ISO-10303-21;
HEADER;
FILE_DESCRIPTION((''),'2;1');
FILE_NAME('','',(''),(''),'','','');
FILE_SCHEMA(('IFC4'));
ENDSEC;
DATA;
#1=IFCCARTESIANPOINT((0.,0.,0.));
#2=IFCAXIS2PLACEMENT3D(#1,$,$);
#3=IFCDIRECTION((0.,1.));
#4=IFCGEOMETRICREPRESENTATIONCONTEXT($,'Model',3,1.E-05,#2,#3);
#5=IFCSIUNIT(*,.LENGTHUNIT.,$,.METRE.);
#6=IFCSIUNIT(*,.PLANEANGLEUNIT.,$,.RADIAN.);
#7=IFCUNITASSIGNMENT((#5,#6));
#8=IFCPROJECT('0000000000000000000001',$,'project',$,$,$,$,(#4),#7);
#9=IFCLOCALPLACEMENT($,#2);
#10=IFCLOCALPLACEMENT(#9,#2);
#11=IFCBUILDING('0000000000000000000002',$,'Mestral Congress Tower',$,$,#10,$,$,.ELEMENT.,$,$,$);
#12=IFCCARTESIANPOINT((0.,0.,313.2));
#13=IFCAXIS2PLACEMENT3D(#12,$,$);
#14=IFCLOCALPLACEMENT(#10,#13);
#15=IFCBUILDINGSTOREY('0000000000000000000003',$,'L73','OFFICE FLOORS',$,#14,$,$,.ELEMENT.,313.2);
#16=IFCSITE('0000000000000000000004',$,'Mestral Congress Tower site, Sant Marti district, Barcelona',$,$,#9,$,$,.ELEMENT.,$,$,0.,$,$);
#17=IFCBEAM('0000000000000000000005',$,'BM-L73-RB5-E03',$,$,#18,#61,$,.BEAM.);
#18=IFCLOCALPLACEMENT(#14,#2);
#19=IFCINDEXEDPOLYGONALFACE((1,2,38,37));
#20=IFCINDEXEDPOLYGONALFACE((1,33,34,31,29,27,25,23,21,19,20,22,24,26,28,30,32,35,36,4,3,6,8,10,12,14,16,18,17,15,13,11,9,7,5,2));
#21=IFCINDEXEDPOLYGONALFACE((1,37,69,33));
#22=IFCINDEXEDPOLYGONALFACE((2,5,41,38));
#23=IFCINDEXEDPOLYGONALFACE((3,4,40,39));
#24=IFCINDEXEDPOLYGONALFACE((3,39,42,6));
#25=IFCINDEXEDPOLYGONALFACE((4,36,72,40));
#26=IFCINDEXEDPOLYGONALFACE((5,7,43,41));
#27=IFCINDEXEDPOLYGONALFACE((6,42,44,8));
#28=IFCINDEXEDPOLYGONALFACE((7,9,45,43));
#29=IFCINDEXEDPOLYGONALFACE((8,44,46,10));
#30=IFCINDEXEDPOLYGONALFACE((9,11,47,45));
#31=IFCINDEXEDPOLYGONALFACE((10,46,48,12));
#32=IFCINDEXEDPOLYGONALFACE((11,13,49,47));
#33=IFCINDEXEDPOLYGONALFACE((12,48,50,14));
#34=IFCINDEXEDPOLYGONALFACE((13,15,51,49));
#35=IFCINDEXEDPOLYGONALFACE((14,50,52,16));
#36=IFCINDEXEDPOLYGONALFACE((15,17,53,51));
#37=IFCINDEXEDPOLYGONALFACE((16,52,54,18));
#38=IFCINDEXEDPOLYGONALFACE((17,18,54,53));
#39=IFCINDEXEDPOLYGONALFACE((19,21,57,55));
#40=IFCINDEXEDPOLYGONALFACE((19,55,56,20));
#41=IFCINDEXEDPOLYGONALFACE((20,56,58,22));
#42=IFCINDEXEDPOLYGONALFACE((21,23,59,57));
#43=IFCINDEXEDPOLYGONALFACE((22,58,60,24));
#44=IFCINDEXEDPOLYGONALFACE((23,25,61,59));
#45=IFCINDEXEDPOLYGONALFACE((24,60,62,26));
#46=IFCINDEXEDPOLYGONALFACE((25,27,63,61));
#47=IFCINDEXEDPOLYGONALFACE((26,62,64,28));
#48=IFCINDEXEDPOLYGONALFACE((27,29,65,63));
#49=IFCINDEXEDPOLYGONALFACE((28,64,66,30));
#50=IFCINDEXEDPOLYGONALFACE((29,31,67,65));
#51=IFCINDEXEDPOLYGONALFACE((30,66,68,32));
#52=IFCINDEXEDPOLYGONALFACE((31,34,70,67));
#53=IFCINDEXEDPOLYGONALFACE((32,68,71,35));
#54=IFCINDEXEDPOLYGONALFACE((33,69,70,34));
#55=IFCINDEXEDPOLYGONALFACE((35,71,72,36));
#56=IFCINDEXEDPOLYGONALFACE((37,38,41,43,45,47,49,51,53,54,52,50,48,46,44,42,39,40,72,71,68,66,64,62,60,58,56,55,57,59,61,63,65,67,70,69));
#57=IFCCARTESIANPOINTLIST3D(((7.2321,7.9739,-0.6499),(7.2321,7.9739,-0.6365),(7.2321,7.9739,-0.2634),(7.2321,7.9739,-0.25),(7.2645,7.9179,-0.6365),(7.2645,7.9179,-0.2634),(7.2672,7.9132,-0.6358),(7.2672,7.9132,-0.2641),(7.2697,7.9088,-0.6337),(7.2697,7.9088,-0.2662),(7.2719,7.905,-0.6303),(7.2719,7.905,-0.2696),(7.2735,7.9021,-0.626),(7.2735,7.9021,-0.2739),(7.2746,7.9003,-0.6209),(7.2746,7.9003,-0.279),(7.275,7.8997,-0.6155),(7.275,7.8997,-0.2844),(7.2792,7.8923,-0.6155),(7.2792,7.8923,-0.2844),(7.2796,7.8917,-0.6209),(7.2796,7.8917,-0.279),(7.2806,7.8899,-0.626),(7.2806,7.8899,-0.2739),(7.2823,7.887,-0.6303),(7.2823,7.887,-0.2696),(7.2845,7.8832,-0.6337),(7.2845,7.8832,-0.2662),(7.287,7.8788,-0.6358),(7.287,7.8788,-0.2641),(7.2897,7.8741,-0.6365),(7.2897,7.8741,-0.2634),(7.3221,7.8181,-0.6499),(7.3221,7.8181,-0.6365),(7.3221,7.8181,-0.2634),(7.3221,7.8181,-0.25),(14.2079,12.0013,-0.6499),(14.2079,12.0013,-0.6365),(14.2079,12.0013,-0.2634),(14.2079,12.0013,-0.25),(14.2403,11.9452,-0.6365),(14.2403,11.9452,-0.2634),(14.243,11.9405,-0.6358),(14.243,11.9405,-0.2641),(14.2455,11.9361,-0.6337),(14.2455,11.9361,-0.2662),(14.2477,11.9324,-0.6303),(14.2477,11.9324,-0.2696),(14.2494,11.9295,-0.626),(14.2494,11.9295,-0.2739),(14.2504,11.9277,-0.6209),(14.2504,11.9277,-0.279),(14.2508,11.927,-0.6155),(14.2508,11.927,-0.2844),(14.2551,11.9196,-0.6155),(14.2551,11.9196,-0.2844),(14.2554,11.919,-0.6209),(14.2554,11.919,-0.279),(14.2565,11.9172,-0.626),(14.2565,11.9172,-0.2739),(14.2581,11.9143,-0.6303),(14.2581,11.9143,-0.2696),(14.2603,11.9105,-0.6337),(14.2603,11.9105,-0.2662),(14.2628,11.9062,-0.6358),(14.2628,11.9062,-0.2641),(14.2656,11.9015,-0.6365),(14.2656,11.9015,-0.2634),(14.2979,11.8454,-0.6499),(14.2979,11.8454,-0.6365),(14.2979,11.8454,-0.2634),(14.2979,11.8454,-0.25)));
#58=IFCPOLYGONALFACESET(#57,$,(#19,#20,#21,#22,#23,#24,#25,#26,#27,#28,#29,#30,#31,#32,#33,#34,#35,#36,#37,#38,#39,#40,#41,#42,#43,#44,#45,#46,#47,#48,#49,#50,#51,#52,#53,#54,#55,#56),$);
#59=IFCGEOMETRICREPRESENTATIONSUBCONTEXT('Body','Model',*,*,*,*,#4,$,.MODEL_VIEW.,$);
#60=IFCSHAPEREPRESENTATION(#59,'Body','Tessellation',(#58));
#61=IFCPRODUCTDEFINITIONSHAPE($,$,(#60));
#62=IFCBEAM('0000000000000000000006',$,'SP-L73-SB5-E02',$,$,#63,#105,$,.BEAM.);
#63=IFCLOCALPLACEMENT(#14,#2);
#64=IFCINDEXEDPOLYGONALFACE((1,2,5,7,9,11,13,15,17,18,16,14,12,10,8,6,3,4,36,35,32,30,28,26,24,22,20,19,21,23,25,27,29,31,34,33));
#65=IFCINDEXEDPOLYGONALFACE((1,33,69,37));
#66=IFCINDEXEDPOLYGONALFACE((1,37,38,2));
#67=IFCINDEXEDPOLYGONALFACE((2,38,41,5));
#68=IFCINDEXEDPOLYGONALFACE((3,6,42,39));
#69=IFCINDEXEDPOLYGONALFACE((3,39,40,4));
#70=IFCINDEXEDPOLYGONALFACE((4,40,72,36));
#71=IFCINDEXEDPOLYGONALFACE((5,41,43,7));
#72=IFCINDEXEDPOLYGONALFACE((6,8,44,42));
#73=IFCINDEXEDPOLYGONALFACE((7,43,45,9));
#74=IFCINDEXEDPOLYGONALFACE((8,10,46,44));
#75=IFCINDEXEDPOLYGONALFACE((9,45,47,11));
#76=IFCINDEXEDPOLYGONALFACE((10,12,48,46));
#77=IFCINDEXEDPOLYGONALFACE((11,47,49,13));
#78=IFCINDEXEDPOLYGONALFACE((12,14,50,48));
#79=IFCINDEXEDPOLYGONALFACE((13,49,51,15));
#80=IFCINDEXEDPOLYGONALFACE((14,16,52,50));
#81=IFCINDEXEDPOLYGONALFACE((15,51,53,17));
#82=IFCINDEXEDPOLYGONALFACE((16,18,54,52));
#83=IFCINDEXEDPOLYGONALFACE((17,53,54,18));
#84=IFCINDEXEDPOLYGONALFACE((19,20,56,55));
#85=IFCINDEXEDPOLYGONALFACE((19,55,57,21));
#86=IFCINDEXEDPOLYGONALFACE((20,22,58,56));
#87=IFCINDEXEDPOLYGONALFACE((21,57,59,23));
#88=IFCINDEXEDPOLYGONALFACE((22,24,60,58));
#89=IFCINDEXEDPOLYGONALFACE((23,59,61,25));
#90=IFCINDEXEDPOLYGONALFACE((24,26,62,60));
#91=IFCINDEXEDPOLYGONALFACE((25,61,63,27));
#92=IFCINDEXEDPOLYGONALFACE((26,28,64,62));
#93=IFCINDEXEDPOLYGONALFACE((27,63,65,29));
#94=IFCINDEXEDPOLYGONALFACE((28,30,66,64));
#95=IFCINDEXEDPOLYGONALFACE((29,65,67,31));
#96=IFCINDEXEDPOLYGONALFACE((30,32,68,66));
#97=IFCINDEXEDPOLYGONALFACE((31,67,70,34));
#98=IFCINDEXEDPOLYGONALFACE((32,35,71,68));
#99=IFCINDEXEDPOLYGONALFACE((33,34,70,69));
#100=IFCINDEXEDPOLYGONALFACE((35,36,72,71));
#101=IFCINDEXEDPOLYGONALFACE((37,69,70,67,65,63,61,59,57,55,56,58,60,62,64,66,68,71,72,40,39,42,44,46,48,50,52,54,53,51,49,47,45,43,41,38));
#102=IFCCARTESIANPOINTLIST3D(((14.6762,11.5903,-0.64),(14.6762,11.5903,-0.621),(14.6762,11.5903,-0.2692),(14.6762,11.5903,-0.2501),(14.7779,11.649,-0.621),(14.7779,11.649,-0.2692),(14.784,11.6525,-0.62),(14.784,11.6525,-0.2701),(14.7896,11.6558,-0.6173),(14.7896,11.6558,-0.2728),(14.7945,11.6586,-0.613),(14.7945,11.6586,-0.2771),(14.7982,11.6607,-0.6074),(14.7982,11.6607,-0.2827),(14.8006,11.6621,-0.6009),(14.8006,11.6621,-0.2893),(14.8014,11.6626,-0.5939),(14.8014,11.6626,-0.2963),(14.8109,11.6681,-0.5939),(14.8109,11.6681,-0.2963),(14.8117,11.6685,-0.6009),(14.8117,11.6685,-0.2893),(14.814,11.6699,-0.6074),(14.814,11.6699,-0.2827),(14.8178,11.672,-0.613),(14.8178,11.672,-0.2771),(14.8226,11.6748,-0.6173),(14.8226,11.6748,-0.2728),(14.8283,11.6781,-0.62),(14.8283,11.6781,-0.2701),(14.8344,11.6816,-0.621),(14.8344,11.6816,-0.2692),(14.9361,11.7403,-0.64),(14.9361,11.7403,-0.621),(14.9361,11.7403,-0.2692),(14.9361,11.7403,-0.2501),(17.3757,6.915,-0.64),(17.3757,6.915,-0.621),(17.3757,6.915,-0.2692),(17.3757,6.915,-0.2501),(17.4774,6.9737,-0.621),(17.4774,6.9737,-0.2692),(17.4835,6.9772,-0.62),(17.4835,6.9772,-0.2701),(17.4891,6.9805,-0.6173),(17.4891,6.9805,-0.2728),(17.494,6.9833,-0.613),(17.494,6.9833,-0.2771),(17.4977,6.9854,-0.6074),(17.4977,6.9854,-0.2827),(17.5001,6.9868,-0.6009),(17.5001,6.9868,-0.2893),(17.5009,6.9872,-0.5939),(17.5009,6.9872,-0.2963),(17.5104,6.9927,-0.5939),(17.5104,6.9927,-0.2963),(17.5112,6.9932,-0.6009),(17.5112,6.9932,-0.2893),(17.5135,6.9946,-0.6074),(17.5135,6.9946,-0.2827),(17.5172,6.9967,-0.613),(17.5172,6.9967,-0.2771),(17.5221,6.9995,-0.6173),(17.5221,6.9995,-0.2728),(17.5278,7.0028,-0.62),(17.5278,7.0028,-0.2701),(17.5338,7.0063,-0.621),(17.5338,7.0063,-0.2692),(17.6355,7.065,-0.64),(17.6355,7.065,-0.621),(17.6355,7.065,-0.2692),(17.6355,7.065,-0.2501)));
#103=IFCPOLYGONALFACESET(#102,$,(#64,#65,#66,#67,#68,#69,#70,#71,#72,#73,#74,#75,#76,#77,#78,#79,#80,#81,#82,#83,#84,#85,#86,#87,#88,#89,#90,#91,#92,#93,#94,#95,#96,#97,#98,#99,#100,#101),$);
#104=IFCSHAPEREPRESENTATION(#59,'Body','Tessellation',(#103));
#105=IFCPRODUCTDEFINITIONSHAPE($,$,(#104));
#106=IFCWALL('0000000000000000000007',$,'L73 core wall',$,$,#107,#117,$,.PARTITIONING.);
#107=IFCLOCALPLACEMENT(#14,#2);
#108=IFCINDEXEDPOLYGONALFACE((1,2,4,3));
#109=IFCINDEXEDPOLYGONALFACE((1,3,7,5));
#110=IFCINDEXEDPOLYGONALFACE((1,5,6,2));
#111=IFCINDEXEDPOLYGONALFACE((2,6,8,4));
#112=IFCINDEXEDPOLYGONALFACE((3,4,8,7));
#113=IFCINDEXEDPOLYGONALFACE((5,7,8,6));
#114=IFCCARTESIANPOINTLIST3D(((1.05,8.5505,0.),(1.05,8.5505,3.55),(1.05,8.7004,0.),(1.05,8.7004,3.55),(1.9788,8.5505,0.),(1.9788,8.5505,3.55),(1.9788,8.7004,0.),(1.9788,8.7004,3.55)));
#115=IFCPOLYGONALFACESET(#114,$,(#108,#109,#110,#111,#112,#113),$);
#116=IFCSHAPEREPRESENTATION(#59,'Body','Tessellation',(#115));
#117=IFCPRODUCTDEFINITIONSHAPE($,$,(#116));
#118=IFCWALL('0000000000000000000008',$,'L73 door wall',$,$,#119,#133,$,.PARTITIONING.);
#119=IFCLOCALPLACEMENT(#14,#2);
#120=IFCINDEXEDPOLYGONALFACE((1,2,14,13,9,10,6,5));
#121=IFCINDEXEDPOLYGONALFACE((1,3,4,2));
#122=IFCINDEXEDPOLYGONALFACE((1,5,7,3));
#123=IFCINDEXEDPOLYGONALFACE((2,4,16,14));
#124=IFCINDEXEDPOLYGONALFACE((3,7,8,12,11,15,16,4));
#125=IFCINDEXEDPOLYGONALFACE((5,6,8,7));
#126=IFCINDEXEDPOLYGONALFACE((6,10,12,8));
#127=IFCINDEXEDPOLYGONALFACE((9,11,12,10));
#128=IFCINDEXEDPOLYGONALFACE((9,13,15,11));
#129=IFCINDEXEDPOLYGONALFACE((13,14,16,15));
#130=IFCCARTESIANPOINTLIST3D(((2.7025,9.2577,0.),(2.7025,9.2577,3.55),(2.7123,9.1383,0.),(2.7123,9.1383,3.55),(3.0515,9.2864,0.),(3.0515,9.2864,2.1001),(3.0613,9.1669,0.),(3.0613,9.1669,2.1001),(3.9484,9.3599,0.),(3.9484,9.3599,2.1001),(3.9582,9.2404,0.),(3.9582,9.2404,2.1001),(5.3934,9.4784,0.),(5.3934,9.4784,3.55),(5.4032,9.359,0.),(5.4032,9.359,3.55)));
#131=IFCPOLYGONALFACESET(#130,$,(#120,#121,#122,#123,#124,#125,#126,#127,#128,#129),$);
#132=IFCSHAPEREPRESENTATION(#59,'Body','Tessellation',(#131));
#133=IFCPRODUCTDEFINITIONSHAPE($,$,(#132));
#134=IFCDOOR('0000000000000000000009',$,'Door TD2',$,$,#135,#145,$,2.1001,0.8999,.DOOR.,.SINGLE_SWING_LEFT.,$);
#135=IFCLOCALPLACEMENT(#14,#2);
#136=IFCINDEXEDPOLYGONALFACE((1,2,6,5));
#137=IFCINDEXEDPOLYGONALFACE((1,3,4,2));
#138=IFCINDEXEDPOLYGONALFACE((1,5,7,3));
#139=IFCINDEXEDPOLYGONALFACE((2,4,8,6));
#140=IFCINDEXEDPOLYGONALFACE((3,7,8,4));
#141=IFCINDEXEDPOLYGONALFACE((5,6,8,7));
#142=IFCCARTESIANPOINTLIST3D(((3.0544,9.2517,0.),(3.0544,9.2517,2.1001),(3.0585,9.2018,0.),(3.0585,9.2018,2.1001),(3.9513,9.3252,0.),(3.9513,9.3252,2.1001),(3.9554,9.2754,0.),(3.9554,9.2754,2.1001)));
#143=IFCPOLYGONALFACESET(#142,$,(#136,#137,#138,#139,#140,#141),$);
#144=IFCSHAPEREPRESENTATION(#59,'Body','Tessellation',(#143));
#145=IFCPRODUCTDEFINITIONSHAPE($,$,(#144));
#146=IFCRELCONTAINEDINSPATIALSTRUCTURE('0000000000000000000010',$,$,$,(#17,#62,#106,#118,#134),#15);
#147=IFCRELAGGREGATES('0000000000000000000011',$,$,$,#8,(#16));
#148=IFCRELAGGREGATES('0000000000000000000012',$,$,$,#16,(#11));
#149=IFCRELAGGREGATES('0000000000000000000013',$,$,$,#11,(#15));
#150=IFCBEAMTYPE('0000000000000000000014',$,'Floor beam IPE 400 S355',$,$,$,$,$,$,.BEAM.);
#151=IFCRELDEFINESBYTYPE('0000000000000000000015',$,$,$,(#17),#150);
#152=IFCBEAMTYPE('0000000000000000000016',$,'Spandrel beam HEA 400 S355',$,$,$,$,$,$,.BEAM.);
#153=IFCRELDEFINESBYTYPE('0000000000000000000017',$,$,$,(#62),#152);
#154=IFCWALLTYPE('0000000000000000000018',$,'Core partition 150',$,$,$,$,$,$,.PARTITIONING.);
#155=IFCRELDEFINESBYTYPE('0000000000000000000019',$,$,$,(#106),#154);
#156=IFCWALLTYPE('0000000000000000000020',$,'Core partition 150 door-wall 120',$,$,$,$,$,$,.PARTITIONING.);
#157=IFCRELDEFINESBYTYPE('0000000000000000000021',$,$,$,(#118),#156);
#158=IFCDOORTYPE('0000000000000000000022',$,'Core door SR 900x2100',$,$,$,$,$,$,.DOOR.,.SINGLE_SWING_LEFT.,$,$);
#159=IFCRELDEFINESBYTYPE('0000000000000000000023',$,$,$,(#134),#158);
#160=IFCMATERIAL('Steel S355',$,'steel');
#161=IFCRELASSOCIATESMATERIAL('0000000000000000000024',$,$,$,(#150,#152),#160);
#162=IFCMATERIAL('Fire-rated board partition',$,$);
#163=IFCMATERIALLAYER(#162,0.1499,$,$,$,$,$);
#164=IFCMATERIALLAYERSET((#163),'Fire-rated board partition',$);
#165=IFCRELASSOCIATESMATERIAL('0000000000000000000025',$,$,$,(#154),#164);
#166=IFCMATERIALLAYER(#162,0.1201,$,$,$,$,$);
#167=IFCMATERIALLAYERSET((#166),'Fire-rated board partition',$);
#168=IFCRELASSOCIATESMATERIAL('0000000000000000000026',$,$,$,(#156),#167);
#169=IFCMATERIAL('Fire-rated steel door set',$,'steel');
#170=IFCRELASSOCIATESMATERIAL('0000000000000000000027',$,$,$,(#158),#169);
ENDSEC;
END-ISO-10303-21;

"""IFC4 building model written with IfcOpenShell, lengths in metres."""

from ifc_helpers import new_model, si_unit, direction, frame, frame_2d, origin, origin_2d, place, context, subcontext, project, spatial, rectangle, i_section, extrude, material, layer, layer_set, material_profile, profile_set, type_object, element, fill, save


model = new_model("IFC4")

# Units and contexts
model_context = context("Model", 3, precision=1e-05, world=origin(), true_north=direction((0.0, 1.0)))
body_context = subcontext(model_context, "Body", "Model", "MODEL_VIEW")
ifc_project = project(units=[si_unit("LENGTHUNIT", "METRE"), si_unit("PLANEANGLEUNIT", "RADIAN")], contexts=[model_context])

# Site, building, storey
site_placement = place(None, origin())
site = spatial("IfcSite", under=ifc_project, at=site_placement, Name="Mestral Congress Tower site, Sant Marti district, Barcelona", CompositionType="ELEMENT", RefElevation=0.0)
building_placement = place(site_placement, origin())
building = spatial("IfcBuilding", under=site, at=building_placement, Name="Mestral Congress Tower", CompositionType="ELEMENT")
storey_placement = place(building_placement, frame((0.0, 0.0, 313.2)))
storey = spatial("IfcBuildingStorey", under=building, at=storey_placement, Name="L73", Description="OFFICE FLOORS", CompositionType="ELEMENT", Elevation=313.2)

# Beams
ifc_material_1 = material(Name="Steel S355", Category="steel")
ifc_material_profile_1 = material_profile(ifc_material_1, i_section(OverallWidth=0.1799, OverallDepth=0.3999, WebThickness=0.0085, FlangeThickness=0.0134, FilletRadius=0.021, at=origin_2d()), Name="IPE 400")
ifc_profile_set_1 = profile_set([ifc_material_profile_1], Name="Steel S355")
beam_type_1 = type_object("IfcBeamType", Name="Floor beam IPE 400 S355", PredefinedType="BEAM", material=ifc_profile_set_1)
beam_1_placement = place(storey_placement, frame((14.2529, 11.9233, -0.45), z_axis=(-0.866034, -0.499986, 0.0), x_axis=(0.499986, -0.866034, 0.0)))
element("IfcBeam", 1, at=beam_1_placement, inside=storey, type_object=beam_type_1, Name="BM-L73-RB5-E03", PredefinedType="BEAM", context=body_context, shape_type="SweptSolid", body=[
    extrude(i_section(OverallWidth=0.1799, OverallDepth=0.3999, WebThickness=0.0085, FlangeThickness=0.0134, FilletRadius=0.021, at=origin_2d()), origin(), (0.0, 0.0, 1.0), 8.0549),
])
ifc_material_profile_2 = material_profile(ifc_material_1, i_section(OverallWidth=0.3, OverallDepth=0.3899, WebThickness=0.011, FlangeThickness=0.019, FilletRadius=0.0271, at=origin_2d()), Name="HEA 400")
ifc_profile_set_2 = profile_set([ifc_material_profile_2], Name="Steel S355")
beam_type_2 = type_object("IfcBeamType", Name="Spandrel beam HEA 400 S355", PredefinedType="BEAM", material=ifc_profile_set_2)
beam_2_placement = place(storey_placement, frame((17.5056, 6.99, -0.4451), z_axis=(-0.500025, 0.866011, 0.0), x_axis=(-0.866011, -0.500025, 0.0)))
element("IfcBeam", 2, at=beam_2_placement, inside=storey, type_object=beam_type_2, Name="SP-L73-SB5-E02", PredefinedType="BEAM", context=body_context, shape_type="SweptSolid", body=[
    extrude(i_section(OverallWidth=0.3, OverallDepth=0.3899, WebThickness=0.011, FlangeThickness=0.019, FilletRadius=0.0271, at=origin_2d()), origin(), (0.0, 0.0, 1.0), 5.3987),
])

# Wall
ifc_material_2 = material(Name="Fire-rated board partition")
ifc_layer_1 = layer(ifc_material_2, 0.1499)
ifc_layer_set_1 = layer_set([ifc_layer_1], Name="Fire-rated board partition")
wall_type_1 = type_object("IfcWallType", Name="Core partition 150", PredefinedType="PARTITIONING", material=ifc_layer_set_1)
wall_1_placement = place(storey_placement, frame((1.05, 8.6255, 0.0), z_axis=(0.0, 0.0, 1.0), x_axis=(1.0, 0.0, 0.0)))
element("IfcWall", 3, at=wall_1_placement, inside=storey, type_object=wall_type_1, Name="L73 core wall", PredefinedType="PARTITIONING", context=body_context, shape_type="SweptSolid", body=[
    extrude(rectangle(XDim=0.9287, YDim=0.1499, at=frame_2d((0.4644, 0.0))), origin(), (0.0, 0.0, 1.0), 3.55),
])

# Wall, opening, door
ifc_layer_2 = layer(ifc_material_2, 0.1201)
ifc_layer_set_2 = layer_set([ifc_layer_2], Name="Fire-rated board partition")
wall_type_2 = type_object("IfcWallType", Name="Core partition 150 door-wall 120", PredefinedType="PARTITIONING", material=ifc_layer_set_2)
wall_2_placement = place(storey_placement, frame((5.3984, 9.4187, 0.0), z_axis=(0.0, 0.0, 1.0), x_axis=(-0.996653, -0.081743, 0.0)))
wall_2 = element("IfcWall", 4, at=wall_2_placement, inside=storey, type_object=wall_type_2, Name="L73 door wall", PredefinedType="PARTITIONING", context=body_context, shape_type="SweptSolid", body=[
    extrude(rectangle(XDim=2.7, YDim=0.1199, at=frame_2d((1.3501, 0.0))), origin(), (0.0, 0.0, 1.0), 3.55),
])
opening_1_placement = place(wall_2_placement, frame((1.45, 0.0, 0.0)))
opening_1 = element("IfcOpeningElement", 5, at=opening_1_placement, cuts=wall_2, PredefinedType="OPENING", context=body_context, shape_type="SweptSolid", body=[
    extrude(rectangle(XDim=0.8999, YDim=2.1001, at=frame_2d((0.45, 1.05))), frame((0.0, 0.0698, 0.0), z_axis=(0.0, -1.0, 0.0), x_axis=(1.0, 0.0, 0.0)), (0.0, 0.0, 1.0), 0.1399),
])
ifc_material_3 = material(Name="Fire-rated steel door set", Category="steel")
door_type_1 = type_object("IfcDoorType", Name="Core door SR 900x2100", OperationType="SINGLE_SWING_LEFT", PredefinedType="DOOR", material=ifc_material_3)
door_1_placement = place(opening_1_placement, origin())
door_1 = element("IfcDoor", 6, at=door_1_placement, inside=storey, type_object=door_type_1, Name="Door TD2", OperationType="SINGLE_SWING_LEFT", OverallHeight=2.1001, OverallWidth=0.8999, PredefinedType="DOOR", context=body_context, shape_type="SweptSolid", body=[
    extrude(rectangle(XDim=0.8999, YDim=2.1001, at=frame_2d((0.45, 1.05))), frame((0.0, 0.0249, 0.0), z_axis=(0.0, -1.0, 0.0), x_axis=(1.0, 0.0, 0.0)), (0.0, 0.0, 1.0), 0.05),
])
fill(opening_1, door_1)

save(model, "model.ifc")
